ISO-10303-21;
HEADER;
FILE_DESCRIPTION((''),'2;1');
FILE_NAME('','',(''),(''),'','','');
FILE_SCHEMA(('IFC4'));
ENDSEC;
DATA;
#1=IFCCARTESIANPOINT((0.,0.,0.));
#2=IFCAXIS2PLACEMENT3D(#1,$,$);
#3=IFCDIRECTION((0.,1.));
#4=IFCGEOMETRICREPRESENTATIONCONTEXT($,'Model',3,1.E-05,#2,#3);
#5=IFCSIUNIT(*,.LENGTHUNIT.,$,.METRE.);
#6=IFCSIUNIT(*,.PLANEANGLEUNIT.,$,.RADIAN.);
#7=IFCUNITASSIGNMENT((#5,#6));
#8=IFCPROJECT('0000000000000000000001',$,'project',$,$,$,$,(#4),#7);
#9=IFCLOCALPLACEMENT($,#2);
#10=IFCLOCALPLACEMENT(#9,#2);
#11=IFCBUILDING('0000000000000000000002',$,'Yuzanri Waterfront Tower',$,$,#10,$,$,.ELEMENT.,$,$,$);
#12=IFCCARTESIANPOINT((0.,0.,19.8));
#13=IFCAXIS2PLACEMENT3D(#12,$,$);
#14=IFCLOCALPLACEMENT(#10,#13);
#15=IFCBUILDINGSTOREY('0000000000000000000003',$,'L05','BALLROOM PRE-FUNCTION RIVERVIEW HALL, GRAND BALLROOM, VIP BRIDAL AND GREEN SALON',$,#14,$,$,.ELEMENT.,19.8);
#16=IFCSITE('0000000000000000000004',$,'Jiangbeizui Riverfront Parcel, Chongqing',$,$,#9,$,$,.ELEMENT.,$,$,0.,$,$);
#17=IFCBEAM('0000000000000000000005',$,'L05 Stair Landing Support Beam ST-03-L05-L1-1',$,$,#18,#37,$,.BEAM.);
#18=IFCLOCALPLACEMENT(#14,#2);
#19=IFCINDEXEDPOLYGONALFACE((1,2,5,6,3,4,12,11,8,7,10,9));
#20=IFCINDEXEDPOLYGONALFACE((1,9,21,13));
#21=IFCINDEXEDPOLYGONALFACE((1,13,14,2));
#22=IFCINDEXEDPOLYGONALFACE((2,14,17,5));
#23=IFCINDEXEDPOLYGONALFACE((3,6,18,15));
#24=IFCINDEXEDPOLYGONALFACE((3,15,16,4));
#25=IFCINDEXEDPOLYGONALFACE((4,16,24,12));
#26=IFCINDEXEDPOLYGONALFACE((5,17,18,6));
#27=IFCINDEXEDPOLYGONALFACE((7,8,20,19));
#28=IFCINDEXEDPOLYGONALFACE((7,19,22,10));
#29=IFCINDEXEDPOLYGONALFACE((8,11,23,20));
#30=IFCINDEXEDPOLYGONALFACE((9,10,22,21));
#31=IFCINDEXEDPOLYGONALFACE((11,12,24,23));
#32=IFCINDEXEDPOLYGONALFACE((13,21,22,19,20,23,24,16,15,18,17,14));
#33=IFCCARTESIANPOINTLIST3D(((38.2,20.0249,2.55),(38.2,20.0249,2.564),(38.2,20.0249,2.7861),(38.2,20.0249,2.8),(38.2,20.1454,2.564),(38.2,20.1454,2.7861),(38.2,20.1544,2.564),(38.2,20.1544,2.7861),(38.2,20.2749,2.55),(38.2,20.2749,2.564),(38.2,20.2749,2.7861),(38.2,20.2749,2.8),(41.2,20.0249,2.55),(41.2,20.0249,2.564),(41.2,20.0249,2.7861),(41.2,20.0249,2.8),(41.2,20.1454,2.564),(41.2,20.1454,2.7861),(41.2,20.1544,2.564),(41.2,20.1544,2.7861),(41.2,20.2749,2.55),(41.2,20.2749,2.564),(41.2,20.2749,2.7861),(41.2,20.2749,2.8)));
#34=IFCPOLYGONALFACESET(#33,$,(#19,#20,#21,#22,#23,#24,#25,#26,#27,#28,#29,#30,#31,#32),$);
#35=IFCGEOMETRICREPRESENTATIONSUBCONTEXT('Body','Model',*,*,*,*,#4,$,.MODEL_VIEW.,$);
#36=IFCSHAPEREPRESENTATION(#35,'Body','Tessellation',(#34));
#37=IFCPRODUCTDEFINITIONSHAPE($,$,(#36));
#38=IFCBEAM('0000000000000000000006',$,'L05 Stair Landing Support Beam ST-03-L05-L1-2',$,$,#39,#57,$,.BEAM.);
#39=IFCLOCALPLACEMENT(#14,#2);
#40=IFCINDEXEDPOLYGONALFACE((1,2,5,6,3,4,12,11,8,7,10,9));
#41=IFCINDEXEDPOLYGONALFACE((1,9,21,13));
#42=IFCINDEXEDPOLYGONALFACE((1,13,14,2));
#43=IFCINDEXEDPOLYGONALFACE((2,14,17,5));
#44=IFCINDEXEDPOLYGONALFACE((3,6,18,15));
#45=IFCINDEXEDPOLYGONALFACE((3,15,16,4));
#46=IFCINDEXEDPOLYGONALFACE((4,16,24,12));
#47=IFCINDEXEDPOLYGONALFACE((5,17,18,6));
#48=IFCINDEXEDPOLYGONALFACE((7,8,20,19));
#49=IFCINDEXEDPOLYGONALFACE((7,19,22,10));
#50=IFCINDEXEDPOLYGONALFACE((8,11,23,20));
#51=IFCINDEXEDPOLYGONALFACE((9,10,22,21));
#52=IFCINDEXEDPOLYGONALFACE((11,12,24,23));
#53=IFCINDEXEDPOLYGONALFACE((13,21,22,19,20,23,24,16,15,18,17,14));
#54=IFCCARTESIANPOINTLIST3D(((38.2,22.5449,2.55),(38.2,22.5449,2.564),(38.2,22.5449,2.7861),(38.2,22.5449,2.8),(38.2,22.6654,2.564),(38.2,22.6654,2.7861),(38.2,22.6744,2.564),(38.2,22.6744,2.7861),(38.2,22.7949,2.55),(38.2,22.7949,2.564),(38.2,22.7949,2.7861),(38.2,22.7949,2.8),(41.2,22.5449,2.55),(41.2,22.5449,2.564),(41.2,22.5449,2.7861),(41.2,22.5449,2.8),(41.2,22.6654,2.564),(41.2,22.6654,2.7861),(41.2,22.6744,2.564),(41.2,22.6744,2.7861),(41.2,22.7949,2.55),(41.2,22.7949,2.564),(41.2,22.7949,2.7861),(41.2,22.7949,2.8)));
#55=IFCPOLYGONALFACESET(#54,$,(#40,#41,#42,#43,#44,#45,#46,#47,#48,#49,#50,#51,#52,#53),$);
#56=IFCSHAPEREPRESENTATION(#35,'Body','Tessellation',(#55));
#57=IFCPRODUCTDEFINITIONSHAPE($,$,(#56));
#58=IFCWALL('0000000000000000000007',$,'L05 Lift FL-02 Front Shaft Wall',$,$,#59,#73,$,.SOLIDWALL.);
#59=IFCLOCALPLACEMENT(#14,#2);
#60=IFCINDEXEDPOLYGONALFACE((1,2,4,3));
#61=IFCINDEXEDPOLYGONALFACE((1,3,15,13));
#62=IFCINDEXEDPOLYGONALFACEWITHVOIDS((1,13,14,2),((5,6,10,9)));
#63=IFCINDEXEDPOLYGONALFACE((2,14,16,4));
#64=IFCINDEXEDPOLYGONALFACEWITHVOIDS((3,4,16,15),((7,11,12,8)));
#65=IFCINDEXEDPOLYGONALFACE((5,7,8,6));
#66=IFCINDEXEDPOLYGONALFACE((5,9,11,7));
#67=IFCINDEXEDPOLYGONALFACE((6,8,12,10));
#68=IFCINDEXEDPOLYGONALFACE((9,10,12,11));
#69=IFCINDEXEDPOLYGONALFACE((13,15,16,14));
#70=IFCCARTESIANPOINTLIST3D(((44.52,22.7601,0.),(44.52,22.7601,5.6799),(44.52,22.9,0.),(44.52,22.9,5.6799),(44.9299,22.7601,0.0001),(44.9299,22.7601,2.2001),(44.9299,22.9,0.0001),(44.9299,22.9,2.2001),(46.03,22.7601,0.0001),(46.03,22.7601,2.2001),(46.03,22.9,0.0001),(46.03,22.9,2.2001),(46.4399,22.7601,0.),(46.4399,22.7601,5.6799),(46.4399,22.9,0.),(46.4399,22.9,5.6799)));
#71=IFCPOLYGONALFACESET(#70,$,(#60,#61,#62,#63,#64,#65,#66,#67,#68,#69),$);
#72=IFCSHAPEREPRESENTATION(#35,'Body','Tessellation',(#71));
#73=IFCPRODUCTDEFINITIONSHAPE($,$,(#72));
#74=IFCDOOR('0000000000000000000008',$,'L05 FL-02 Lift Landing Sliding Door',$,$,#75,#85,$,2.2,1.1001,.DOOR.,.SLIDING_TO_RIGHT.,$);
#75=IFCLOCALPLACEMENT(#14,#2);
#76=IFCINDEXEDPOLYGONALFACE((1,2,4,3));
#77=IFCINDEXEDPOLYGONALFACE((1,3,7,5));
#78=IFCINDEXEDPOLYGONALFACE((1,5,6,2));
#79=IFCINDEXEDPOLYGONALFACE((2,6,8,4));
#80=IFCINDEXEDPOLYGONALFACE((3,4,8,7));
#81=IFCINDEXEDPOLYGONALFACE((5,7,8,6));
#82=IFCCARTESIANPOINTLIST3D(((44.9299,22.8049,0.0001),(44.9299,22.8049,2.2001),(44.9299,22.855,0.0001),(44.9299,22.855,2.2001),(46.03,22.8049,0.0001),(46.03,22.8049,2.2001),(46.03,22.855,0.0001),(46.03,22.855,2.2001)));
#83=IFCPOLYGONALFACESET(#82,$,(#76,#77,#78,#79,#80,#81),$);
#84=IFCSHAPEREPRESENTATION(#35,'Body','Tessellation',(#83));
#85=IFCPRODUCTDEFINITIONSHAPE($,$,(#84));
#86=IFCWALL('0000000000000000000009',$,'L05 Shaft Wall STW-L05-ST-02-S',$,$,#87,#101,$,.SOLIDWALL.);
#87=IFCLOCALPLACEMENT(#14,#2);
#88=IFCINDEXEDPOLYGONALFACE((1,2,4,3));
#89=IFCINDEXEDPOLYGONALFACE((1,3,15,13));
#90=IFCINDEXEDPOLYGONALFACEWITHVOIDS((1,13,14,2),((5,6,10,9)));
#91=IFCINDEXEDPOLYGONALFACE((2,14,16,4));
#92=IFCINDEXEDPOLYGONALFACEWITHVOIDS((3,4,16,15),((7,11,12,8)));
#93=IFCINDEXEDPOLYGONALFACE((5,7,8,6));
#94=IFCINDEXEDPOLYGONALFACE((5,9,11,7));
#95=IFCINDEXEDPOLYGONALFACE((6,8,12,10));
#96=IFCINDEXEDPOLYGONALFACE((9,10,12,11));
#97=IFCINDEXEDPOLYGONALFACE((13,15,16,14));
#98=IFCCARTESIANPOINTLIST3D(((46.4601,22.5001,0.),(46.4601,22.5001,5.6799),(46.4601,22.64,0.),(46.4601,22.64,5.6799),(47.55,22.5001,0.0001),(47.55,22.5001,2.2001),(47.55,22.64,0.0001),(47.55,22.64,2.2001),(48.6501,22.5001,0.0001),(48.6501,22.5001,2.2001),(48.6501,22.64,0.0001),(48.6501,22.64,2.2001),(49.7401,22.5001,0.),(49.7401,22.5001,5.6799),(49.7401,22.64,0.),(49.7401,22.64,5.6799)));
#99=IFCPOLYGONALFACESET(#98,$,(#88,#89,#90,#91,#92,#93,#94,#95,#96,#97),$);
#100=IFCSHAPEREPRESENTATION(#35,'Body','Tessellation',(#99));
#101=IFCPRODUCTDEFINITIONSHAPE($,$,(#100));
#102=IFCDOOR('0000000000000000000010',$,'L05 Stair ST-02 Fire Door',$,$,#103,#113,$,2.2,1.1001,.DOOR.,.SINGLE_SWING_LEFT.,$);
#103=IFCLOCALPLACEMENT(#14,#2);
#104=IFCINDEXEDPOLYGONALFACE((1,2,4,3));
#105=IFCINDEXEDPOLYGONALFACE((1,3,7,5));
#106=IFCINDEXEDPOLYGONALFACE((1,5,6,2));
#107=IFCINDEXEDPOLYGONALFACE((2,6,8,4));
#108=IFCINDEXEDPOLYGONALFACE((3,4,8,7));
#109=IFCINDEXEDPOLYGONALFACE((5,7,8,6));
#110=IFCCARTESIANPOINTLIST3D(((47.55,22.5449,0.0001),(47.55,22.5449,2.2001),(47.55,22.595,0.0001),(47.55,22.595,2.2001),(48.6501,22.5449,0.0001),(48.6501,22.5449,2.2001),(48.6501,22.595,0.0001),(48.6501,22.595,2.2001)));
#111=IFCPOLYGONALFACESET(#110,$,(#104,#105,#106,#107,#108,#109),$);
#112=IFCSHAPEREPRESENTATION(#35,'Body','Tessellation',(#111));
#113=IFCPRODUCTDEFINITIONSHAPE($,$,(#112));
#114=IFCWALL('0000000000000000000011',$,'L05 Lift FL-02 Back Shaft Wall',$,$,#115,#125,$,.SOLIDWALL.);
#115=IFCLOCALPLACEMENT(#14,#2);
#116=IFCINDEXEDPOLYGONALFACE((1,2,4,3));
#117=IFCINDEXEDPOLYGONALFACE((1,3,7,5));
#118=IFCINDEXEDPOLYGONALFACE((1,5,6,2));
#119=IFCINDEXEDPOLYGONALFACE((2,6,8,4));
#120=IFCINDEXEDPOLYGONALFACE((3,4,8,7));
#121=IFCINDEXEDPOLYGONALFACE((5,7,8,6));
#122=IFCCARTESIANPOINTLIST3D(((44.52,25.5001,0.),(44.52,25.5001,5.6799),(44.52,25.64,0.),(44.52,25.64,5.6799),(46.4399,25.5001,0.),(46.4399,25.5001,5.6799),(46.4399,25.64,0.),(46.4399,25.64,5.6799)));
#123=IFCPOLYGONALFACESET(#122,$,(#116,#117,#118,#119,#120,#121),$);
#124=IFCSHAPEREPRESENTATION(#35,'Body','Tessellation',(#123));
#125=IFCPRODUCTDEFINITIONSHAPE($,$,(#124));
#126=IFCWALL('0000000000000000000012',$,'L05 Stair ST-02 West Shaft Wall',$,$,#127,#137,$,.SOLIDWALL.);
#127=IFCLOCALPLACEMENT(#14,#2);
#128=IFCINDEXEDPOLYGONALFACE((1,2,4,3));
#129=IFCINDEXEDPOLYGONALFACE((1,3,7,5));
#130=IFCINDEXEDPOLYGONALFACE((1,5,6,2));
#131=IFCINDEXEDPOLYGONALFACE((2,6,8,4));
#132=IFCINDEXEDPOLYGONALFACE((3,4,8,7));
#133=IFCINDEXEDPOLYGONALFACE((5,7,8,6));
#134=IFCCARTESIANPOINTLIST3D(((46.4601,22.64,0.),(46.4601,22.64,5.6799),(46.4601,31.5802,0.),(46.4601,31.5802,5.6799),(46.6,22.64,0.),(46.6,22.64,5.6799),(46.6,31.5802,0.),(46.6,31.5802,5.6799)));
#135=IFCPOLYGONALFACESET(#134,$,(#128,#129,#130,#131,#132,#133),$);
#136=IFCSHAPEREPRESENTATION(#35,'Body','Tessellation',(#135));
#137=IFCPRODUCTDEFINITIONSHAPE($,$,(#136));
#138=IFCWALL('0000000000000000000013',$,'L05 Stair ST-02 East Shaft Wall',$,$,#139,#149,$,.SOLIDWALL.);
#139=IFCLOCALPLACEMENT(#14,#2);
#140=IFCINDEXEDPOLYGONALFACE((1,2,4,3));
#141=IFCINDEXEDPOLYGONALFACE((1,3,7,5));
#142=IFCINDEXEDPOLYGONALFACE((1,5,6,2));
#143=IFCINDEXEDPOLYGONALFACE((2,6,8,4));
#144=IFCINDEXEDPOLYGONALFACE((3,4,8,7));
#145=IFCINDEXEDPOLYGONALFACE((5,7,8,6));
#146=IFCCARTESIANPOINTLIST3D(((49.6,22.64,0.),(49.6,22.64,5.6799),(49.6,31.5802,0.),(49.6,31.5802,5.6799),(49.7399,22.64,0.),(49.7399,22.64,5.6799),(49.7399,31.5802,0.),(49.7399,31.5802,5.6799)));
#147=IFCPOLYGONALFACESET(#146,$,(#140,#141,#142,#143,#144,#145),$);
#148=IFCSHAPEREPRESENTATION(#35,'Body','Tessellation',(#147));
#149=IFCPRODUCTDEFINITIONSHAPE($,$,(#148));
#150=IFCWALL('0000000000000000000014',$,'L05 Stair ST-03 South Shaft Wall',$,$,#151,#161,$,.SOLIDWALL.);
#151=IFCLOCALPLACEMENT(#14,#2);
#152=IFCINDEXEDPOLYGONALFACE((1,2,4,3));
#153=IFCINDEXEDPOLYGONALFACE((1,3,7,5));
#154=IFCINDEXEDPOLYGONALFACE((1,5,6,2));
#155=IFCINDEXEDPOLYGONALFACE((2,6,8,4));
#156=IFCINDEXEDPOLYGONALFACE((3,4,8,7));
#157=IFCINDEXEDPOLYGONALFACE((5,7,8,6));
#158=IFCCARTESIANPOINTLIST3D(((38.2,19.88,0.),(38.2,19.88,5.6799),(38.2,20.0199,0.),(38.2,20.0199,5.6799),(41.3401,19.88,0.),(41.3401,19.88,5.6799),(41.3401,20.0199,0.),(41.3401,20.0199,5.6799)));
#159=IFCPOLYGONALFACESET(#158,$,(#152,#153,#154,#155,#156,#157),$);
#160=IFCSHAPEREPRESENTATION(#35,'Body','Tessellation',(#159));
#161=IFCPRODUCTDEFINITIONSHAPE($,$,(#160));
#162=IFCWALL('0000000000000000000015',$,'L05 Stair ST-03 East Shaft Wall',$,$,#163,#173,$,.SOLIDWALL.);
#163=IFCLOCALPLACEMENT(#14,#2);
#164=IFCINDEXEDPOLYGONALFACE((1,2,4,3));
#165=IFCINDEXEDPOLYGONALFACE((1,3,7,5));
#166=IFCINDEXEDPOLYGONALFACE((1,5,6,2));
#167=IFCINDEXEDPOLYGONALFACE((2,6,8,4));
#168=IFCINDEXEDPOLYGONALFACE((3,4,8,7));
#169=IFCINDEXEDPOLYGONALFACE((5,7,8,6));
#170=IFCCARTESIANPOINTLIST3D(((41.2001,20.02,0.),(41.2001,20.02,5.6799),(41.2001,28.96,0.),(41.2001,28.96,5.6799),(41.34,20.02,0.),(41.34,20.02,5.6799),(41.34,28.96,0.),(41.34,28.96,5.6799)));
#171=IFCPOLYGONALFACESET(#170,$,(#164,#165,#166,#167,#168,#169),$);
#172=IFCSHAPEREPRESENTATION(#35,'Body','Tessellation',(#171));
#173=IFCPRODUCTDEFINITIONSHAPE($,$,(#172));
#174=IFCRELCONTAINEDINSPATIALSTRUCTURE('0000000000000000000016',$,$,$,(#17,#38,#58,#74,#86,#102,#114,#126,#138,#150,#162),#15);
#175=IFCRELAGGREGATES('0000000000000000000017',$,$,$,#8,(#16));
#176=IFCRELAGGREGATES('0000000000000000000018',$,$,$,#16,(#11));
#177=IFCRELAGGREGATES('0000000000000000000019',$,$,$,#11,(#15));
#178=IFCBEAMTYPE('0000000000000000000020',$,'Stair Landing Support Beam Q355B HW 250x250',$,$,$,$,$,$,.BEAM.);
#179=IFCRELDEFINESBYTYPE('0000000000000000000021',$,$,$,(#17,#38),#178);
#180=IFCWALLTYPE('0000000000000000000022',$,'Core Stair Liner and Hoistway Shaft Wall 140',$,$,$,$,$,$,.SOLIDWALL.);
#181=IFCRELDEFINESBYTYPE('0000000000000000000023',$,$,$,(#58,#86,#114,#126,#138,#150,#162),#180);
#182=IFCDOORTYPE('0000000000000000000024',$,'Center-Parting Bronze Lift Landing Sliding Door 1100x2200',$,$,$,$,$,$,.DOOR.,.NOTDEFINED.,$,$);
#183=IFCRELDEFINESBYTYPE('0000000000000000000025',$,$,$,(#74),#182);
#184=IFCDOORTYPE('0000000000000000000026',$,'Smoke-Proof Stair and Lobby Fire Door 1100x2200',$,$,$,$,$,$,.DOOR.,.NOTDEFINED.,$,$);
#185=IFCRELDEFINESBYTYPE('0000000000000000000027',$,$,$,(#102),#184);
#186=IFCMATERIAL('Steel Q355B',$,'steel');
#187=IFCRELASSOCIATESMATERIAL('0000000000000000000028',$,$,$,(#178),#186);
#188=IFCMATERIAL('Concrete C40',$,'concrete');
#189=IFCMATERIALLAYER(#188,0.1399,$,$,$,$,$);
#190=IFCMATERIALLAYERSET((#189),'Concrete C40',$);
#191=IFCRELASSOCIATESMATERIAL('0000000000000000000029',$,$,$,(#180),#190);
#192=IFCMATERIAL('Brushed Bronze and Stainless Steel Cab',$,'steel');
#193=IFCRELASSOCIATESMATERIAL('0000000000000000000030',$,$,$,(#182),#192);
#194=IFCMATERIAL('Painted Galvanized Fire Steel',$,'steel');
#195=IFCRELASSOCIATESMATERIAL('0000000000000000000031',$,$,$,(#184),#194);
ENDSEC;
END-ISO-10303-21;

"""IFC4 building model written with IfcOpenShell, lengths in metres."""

from ifc_helpers import new_model, si_unit, direction, frame, frame_2d, origin, origin_2d, place, context, subcontext, project, spatial, rectangle, i_section, extrude, source, transform, mapped, material, layer, layer_set, material_profile, profile_set, type_object, element, fill, save


model = new_model("IFC4")

# Units and contexts
model_context = context("Model", 3, precision=1e-05, world=origin(), true_north=direction((0.0, 1.0)))
body_context = subcontext(model_context, "Body", "Model", "MODEL_VIEW")
ifc_project = project(units=[si_unit("LENGTHUNIT", "METRE"), si_unit("PLANEANGLEUNIT", "RADIAN")], contexts=[model_context])

# Site, building, storey
site_placement = place(None, origin())
site = spatial("IfcSite", under=ifc_project, at=site_placement, Name="Jiangbeizui Riverfront Parcel, Chongqing", CompositionType="ELEMENT", RefElevation=0.0)
building_placement = place(site_placement, origin())
building = spatial("IfcBuilding", under=site, at=building_placement, Name="Yuzanri Waterfront Tower", CompositionType="ELEMENT")
storey_placement = place(building_placement, frame((0.0, 0.0, 19.8)))
storey = spatial("IfcBuildingStorey", under=building, at=storey_placement, Name="L05", Description="BALLROOM PRE-FUNCTION RIVERVIEW HALL, GRAND BALLROOM, VIP BRIDAL AND GREEN SALON", CompositionType="ELEMENT", Elevation=19.8)

# Beams
ifc_material_1 = material(Name="Steel Q355B", Category="steel")
ifc_material_profile = material_profile(ifc_material_1, i_section(OverallWidth=0.25, OverallDepth=0.25, WebThickness=0.009, FlangeThickness=0.0139, at=origin_2d()), Name="HW 250x250x9x14")
ifc_profile_set = profile_set([ifc_material_profile], Name="Steel Q355B")
beam_type = type_object("IfcBeamType", Name="Stair Landing Support Beam Q355B HW 250x250", PredefinedType="BEAM", material=ifc_profile_set)
shared_shape_1 = source(origin(), body_context, "Body", "SweptSolid", [
    extrude(i_section(OverallWidth=0.25, OverallDepth=0.25, WebThickness=0.009, FlangeThickness=0.0139, at=origin_2d()), origin(), (0.0, 0.0, 1.0), 3.0),
])
for number, where, z_axis, x_axis, name in (
    (1, (38.2, 20.1499, 2.675), (1.0, 0.0, 0.0), (0.0, 1.0, 0.0), "L05 Stair Landing Support Beam ST-03-L05-L1-1"),
    (2, (38.2, 22.6699, 2.675), (1.0, 0.0, 0.0), (0.0, 1.0, 0.0), "L05 Stair Landing Support Beam ST-03-L05-L1-2"),
):
    element("IfcBeam", number, at=place(storey_placement, frame(where, z_axis=z_axis, x_axis=x_axis)), inside=storey, type_object=beam_type, Name=name, PredefinedType="BEAM", context=body_context, shape_type="MappedRepresentation", body=[
        mapped(shared_shape_1, transform((0.0, 0.0, 0.0), scale=1.0)),
    ])

# Walls, openings, doors
ifc_material_2 = material(Name="Concrete C40", Category="concrete")
ifc_layer_1 = layer(ifc_material_2, 0.1399)
ifc_layer_set_1 = layer_set([ifc_layer_1], Name="Concrete C40")
wall_type_1 = type_object("IfcWallType", Name="Core Stair Liner and Hoistway Shaft Wall 140", PredefinedType="SOLIDWALL", material=ifc_layer_set_1)
wall_1_placement = place(storey_placement, frame((44.52, 22.8301, 0.0), z_axis=(0.0, 0.0, 1.0), x_axis=(1.0, 0.0, 0.0)))
wall_1 = element("IfcWall", 3, at=wall_1_placement, inside=storey, type_object=wall_type_1, Name="L05 Lift FL-02 Front Shaft Wall", PredefinedType="SOLIDWALL", context=body_context, shape_type="SweptSolid", body=[
    extrude(rectangle(XDim=1.9199, YDim=0.1399, at=frame_2d((0.96, 0.0))), origin(), (0.0, 0.0, 1.0), 5.6799),
])
opening_1_placement = place(wall_1_placement, frame((0.4099, 0.0, 0.0)))
opening_1 = element("IfcOpeningElement", 4, at=opening_1_placement, cuts=wall_1, PredefinedType="OPENING", context=body_context, shape_type="SweptSolid", body=[
    extrude(rectangle(XDim=1.1001, YDim=2.2, at=frame_2d((0.55, 1.1001))), frame((0.0, 0.085, 0.0), z_axis=(0.0, -1.0, 0.0), x_axis=(1.0, 0.0, 0.0)), (0.0, 0.0, 1.0), 0.1697),
])
ifc_material_3 = material(Name="Brushed Bronze and Stainless Steel Cab", Category="steel")
door_type_1 = type_object("IfcDoorType", Name="Center-Parting Bronze Lift Landing Sliding Door 1100x2200", OperationType="NOTDEFINED", PredefinedType="DOOR", material=ifc_material_3)
shared_shape_2 = source(origin(), body_context, "Body", "SweptSolid", [
    extrude(rectangle(XDim=1.1001, YDim=2.2, at=frame_2d((0.55, 1.1001))), frame((0.0, 0.0249, 0.0), z_axis=(0.0, -1.0, 0.0), x_axis=(1.0, 0.0, 0.0)), (0.0, 0.0, 1.0), 0.05),
])
door_1_placement = place(opening_1_placement, origin())
door_1 = element("IfcDoor", 5, at=door_1_placement, inside=storey, type_object=door_type_1, Name="L05 FL-02 Lift Landing Sliding Door", OperationType="SLIDING_TO_RIGHT", OverallHeight=2.2, OverallWidth=1.1001, PredefinedType="DOOR", context=body_context, shape_type="MappedRepresentation", body=[
    mapped(shared_shape_2, transform((0.0, 0.0, 0.0), scale=1.0)),
])
fill(opening_1, door_1)
wall_2_placement = place(storey_placement, frame((46.46, 22.5701, 0.0), z_axis=(0.0, 0.0, 1.0), x_axis=(1.0, 0.0, 0.0)))
wall_2 = element("IfcWall", 6, at=wall_2_placement, inside=storey, type_object=wall_type_1, Name="L05 Shaft Wall STW-L05-ST-02-S", PredefinedType="SOLIDWALL", context=body_context, shape_type="SweptSolid", body=[
    extrude(rectangle(XDim=3.28, YDim=0.1399, at=frame_2d((1.6401, 0.0))), origin(), (0.0, 0.0, 1.0), 5.6799),
])
opening_2_placement = place(wall_2_placement, frame((1.0901, 0.0, 0.0)))
opening_2 = element("IfcOpeningElement", 7, at=opening_2_placement, cuts=wall_2, PredefinedType="OPENING", context=body_context, shape_type="SweptSolid", body=[
    extrude(rectangle(XDim=1.1001, YDim=2.2, at=frame_2d((0.55, 1.1001))), frame((0.0, 0.085, 0.0), z_axis=(0.0, -1.0, 0.0), x_axis=(1.0, 0.0, 0.0)), (0.0, 0.0, 1.0), 0.1697),
])
ifc_material_4 = material(Name="Painted Galvanized Fire Steel", Category="steel")
door_type_2 = type_object("IfcDoorType", Name="Smoke-Proof Stair and Lobby Fire Door 1100x2200", OperationType="NOTDEFINED", PredefinedType="DOOR", material=ifc_material_4)
shared_shape_3 = source(origin(), body_context, "Body", "SweptSolid", [
    extrude(rectangle(XDim=1.1001, YDim=2.2, at=frame_2d((0.55, 1.1001))), frame((0.0, 0.0249, 0.0), z_axis=(0.0, -1.0, 0.0), x_axis=(1.0, 0.0, 0.0)), (0.0, 0.0, 1.0), 0.05),
])
door_2_placement = place(opening_2_placement, origin())
door_2 = element("IfcDoor", 8, at=door_2_placement, inside=storey, type_object=door_type_2, Name="L05 Stair ST-02 Fire Door", OperationType="SINGLE_SWING_LEFT", OverallHeight=2.2, OverallWidth=1.1001, PredefinedType="DOOR", context=body_context, shape_type="MappedRepresentation", body=[
    mapped(shared_shape_3, transform((0.0, 0.0, 0.0), scale=1.0)),
])
fill(opening_2, door_2)

# Walls
shared_shape_4 = source(origin(), body_context, "Body", "SweptSolid", [
    extrude(rectangle(XDim=1.9199, YDim=0.1399, at=frame_2d((0.96, 0.0))), origin(), (0.0, 0.0, 1.0), 5.6799),
])
wall_3_placement = place(storey_placement, frame((44.52, 25.5701, 0.0), z_axis=(0.0, 0.0, 1.0), x_axis=(1.0, 0.0, 0.0)))
element("IfcWall", 9, at=wall_3_placement, inside=storey, type_object=wall_type_1, Name="L05 Lift FL-02 Back Shaft Wall", PredefinedType="SOLIDWALL", context=body_context, shape_type="MappedRepresentation", body=[
    mapped(shared_shape_4, transform((0.0, 0.0, 0.0), scale=1.0)),
])
shared_shape_5 = source(origin(), body_context, "Body", "SweptSolid", [
    extrude(rectangle(XDim=8.9402, YDim=0.1399, at=frame_2d((4.4702, 0.0))), origin(), (0.0, 0.0, 1.0), 5.6799),
])
for number, where, z_axis, x_axis, name in (
    (10, (46.53, 22.6399, 0.0), (0.0, 0.0, 1.0), (0.0, 1.0, 0.0), "L05 Stair ST-02 West Shaft Wall"),
    (11, (49.6699, 22.6399, 0.0), (0.0, 0.0, 1.0), (0.0, 1.0, 0.0), "L05 Stair ST-02 East Shaft Wall"),
):
    element("IfcWall", number, at=place(storey_placement, frame(where, z_axis=z_axis, x_axis=x_axis)), inside=storey, type_object=wall_type_1, Name=name, PredefinedType="SOLIDWALL", context=body_context, shape_type="MappedRepresentation", body=[
        mapped(shared_shape_5, transform((0.0, 0.0, 0.0), scale=1.0)),
    ])
shared_shape_6 = source(origin(), body_context, "Body", "SweptSolid", [
    extrude(rectangle(XDim=3.1401, YDim=0.1399, at=frame_2d((1.5701, 0.0))), origin(), (0.0, 0.0, 1.0), 5.6799),
])
wall_4_placement = place(storey_placement, frame((38.2, 19.95, 0.0), z_axis=(0.0, 0.0, 1.0), x_axis=(1.0, 0.0, 0.0)))
element("IfcWall", 12, at=wall_4_placement, inside=storey, type_object=wall_type_1, Name="L05 Stair ST-03 South Shaft Wall", PredefinedType="SOLIDWALL", context=body_context, shape_type="MappedRepresentation", body=[
    mapped(shared_shape_6, transform((0.0, 0.0, 0.0), scale=1.0)),
])
shared_shape_7 = source(origin(), body_context, "Body", "SweptSolid", [
    extrude(rectangle(XDim=8.9399, YDim=0.1399, at=frame_2d((4.47, 0.0))), origin(), (0.0, 0.0, 1.0), 5.6799),
])
wall_5_placement = place(storey_placement, frame((41.27, 20.02, 0.0), z_axis=(0.0, 0.0, 1.0), x_axis=(0.0, 1.0, 0.0)))
element("IfcWall", 13, at=wall_5_placement, inside=storey, type_object=wall_type_1, Name="L05 Stair ST-03 East Shaft Wall", PredefinedType="SOLIDWALL", context=body_context, shape_type="MappedRepresentation", body=[
    mapped(shared_shape_7, transform((0.0, 0.0, 0.0), scale=1.0)),
])

save(model, "model.ifc")
